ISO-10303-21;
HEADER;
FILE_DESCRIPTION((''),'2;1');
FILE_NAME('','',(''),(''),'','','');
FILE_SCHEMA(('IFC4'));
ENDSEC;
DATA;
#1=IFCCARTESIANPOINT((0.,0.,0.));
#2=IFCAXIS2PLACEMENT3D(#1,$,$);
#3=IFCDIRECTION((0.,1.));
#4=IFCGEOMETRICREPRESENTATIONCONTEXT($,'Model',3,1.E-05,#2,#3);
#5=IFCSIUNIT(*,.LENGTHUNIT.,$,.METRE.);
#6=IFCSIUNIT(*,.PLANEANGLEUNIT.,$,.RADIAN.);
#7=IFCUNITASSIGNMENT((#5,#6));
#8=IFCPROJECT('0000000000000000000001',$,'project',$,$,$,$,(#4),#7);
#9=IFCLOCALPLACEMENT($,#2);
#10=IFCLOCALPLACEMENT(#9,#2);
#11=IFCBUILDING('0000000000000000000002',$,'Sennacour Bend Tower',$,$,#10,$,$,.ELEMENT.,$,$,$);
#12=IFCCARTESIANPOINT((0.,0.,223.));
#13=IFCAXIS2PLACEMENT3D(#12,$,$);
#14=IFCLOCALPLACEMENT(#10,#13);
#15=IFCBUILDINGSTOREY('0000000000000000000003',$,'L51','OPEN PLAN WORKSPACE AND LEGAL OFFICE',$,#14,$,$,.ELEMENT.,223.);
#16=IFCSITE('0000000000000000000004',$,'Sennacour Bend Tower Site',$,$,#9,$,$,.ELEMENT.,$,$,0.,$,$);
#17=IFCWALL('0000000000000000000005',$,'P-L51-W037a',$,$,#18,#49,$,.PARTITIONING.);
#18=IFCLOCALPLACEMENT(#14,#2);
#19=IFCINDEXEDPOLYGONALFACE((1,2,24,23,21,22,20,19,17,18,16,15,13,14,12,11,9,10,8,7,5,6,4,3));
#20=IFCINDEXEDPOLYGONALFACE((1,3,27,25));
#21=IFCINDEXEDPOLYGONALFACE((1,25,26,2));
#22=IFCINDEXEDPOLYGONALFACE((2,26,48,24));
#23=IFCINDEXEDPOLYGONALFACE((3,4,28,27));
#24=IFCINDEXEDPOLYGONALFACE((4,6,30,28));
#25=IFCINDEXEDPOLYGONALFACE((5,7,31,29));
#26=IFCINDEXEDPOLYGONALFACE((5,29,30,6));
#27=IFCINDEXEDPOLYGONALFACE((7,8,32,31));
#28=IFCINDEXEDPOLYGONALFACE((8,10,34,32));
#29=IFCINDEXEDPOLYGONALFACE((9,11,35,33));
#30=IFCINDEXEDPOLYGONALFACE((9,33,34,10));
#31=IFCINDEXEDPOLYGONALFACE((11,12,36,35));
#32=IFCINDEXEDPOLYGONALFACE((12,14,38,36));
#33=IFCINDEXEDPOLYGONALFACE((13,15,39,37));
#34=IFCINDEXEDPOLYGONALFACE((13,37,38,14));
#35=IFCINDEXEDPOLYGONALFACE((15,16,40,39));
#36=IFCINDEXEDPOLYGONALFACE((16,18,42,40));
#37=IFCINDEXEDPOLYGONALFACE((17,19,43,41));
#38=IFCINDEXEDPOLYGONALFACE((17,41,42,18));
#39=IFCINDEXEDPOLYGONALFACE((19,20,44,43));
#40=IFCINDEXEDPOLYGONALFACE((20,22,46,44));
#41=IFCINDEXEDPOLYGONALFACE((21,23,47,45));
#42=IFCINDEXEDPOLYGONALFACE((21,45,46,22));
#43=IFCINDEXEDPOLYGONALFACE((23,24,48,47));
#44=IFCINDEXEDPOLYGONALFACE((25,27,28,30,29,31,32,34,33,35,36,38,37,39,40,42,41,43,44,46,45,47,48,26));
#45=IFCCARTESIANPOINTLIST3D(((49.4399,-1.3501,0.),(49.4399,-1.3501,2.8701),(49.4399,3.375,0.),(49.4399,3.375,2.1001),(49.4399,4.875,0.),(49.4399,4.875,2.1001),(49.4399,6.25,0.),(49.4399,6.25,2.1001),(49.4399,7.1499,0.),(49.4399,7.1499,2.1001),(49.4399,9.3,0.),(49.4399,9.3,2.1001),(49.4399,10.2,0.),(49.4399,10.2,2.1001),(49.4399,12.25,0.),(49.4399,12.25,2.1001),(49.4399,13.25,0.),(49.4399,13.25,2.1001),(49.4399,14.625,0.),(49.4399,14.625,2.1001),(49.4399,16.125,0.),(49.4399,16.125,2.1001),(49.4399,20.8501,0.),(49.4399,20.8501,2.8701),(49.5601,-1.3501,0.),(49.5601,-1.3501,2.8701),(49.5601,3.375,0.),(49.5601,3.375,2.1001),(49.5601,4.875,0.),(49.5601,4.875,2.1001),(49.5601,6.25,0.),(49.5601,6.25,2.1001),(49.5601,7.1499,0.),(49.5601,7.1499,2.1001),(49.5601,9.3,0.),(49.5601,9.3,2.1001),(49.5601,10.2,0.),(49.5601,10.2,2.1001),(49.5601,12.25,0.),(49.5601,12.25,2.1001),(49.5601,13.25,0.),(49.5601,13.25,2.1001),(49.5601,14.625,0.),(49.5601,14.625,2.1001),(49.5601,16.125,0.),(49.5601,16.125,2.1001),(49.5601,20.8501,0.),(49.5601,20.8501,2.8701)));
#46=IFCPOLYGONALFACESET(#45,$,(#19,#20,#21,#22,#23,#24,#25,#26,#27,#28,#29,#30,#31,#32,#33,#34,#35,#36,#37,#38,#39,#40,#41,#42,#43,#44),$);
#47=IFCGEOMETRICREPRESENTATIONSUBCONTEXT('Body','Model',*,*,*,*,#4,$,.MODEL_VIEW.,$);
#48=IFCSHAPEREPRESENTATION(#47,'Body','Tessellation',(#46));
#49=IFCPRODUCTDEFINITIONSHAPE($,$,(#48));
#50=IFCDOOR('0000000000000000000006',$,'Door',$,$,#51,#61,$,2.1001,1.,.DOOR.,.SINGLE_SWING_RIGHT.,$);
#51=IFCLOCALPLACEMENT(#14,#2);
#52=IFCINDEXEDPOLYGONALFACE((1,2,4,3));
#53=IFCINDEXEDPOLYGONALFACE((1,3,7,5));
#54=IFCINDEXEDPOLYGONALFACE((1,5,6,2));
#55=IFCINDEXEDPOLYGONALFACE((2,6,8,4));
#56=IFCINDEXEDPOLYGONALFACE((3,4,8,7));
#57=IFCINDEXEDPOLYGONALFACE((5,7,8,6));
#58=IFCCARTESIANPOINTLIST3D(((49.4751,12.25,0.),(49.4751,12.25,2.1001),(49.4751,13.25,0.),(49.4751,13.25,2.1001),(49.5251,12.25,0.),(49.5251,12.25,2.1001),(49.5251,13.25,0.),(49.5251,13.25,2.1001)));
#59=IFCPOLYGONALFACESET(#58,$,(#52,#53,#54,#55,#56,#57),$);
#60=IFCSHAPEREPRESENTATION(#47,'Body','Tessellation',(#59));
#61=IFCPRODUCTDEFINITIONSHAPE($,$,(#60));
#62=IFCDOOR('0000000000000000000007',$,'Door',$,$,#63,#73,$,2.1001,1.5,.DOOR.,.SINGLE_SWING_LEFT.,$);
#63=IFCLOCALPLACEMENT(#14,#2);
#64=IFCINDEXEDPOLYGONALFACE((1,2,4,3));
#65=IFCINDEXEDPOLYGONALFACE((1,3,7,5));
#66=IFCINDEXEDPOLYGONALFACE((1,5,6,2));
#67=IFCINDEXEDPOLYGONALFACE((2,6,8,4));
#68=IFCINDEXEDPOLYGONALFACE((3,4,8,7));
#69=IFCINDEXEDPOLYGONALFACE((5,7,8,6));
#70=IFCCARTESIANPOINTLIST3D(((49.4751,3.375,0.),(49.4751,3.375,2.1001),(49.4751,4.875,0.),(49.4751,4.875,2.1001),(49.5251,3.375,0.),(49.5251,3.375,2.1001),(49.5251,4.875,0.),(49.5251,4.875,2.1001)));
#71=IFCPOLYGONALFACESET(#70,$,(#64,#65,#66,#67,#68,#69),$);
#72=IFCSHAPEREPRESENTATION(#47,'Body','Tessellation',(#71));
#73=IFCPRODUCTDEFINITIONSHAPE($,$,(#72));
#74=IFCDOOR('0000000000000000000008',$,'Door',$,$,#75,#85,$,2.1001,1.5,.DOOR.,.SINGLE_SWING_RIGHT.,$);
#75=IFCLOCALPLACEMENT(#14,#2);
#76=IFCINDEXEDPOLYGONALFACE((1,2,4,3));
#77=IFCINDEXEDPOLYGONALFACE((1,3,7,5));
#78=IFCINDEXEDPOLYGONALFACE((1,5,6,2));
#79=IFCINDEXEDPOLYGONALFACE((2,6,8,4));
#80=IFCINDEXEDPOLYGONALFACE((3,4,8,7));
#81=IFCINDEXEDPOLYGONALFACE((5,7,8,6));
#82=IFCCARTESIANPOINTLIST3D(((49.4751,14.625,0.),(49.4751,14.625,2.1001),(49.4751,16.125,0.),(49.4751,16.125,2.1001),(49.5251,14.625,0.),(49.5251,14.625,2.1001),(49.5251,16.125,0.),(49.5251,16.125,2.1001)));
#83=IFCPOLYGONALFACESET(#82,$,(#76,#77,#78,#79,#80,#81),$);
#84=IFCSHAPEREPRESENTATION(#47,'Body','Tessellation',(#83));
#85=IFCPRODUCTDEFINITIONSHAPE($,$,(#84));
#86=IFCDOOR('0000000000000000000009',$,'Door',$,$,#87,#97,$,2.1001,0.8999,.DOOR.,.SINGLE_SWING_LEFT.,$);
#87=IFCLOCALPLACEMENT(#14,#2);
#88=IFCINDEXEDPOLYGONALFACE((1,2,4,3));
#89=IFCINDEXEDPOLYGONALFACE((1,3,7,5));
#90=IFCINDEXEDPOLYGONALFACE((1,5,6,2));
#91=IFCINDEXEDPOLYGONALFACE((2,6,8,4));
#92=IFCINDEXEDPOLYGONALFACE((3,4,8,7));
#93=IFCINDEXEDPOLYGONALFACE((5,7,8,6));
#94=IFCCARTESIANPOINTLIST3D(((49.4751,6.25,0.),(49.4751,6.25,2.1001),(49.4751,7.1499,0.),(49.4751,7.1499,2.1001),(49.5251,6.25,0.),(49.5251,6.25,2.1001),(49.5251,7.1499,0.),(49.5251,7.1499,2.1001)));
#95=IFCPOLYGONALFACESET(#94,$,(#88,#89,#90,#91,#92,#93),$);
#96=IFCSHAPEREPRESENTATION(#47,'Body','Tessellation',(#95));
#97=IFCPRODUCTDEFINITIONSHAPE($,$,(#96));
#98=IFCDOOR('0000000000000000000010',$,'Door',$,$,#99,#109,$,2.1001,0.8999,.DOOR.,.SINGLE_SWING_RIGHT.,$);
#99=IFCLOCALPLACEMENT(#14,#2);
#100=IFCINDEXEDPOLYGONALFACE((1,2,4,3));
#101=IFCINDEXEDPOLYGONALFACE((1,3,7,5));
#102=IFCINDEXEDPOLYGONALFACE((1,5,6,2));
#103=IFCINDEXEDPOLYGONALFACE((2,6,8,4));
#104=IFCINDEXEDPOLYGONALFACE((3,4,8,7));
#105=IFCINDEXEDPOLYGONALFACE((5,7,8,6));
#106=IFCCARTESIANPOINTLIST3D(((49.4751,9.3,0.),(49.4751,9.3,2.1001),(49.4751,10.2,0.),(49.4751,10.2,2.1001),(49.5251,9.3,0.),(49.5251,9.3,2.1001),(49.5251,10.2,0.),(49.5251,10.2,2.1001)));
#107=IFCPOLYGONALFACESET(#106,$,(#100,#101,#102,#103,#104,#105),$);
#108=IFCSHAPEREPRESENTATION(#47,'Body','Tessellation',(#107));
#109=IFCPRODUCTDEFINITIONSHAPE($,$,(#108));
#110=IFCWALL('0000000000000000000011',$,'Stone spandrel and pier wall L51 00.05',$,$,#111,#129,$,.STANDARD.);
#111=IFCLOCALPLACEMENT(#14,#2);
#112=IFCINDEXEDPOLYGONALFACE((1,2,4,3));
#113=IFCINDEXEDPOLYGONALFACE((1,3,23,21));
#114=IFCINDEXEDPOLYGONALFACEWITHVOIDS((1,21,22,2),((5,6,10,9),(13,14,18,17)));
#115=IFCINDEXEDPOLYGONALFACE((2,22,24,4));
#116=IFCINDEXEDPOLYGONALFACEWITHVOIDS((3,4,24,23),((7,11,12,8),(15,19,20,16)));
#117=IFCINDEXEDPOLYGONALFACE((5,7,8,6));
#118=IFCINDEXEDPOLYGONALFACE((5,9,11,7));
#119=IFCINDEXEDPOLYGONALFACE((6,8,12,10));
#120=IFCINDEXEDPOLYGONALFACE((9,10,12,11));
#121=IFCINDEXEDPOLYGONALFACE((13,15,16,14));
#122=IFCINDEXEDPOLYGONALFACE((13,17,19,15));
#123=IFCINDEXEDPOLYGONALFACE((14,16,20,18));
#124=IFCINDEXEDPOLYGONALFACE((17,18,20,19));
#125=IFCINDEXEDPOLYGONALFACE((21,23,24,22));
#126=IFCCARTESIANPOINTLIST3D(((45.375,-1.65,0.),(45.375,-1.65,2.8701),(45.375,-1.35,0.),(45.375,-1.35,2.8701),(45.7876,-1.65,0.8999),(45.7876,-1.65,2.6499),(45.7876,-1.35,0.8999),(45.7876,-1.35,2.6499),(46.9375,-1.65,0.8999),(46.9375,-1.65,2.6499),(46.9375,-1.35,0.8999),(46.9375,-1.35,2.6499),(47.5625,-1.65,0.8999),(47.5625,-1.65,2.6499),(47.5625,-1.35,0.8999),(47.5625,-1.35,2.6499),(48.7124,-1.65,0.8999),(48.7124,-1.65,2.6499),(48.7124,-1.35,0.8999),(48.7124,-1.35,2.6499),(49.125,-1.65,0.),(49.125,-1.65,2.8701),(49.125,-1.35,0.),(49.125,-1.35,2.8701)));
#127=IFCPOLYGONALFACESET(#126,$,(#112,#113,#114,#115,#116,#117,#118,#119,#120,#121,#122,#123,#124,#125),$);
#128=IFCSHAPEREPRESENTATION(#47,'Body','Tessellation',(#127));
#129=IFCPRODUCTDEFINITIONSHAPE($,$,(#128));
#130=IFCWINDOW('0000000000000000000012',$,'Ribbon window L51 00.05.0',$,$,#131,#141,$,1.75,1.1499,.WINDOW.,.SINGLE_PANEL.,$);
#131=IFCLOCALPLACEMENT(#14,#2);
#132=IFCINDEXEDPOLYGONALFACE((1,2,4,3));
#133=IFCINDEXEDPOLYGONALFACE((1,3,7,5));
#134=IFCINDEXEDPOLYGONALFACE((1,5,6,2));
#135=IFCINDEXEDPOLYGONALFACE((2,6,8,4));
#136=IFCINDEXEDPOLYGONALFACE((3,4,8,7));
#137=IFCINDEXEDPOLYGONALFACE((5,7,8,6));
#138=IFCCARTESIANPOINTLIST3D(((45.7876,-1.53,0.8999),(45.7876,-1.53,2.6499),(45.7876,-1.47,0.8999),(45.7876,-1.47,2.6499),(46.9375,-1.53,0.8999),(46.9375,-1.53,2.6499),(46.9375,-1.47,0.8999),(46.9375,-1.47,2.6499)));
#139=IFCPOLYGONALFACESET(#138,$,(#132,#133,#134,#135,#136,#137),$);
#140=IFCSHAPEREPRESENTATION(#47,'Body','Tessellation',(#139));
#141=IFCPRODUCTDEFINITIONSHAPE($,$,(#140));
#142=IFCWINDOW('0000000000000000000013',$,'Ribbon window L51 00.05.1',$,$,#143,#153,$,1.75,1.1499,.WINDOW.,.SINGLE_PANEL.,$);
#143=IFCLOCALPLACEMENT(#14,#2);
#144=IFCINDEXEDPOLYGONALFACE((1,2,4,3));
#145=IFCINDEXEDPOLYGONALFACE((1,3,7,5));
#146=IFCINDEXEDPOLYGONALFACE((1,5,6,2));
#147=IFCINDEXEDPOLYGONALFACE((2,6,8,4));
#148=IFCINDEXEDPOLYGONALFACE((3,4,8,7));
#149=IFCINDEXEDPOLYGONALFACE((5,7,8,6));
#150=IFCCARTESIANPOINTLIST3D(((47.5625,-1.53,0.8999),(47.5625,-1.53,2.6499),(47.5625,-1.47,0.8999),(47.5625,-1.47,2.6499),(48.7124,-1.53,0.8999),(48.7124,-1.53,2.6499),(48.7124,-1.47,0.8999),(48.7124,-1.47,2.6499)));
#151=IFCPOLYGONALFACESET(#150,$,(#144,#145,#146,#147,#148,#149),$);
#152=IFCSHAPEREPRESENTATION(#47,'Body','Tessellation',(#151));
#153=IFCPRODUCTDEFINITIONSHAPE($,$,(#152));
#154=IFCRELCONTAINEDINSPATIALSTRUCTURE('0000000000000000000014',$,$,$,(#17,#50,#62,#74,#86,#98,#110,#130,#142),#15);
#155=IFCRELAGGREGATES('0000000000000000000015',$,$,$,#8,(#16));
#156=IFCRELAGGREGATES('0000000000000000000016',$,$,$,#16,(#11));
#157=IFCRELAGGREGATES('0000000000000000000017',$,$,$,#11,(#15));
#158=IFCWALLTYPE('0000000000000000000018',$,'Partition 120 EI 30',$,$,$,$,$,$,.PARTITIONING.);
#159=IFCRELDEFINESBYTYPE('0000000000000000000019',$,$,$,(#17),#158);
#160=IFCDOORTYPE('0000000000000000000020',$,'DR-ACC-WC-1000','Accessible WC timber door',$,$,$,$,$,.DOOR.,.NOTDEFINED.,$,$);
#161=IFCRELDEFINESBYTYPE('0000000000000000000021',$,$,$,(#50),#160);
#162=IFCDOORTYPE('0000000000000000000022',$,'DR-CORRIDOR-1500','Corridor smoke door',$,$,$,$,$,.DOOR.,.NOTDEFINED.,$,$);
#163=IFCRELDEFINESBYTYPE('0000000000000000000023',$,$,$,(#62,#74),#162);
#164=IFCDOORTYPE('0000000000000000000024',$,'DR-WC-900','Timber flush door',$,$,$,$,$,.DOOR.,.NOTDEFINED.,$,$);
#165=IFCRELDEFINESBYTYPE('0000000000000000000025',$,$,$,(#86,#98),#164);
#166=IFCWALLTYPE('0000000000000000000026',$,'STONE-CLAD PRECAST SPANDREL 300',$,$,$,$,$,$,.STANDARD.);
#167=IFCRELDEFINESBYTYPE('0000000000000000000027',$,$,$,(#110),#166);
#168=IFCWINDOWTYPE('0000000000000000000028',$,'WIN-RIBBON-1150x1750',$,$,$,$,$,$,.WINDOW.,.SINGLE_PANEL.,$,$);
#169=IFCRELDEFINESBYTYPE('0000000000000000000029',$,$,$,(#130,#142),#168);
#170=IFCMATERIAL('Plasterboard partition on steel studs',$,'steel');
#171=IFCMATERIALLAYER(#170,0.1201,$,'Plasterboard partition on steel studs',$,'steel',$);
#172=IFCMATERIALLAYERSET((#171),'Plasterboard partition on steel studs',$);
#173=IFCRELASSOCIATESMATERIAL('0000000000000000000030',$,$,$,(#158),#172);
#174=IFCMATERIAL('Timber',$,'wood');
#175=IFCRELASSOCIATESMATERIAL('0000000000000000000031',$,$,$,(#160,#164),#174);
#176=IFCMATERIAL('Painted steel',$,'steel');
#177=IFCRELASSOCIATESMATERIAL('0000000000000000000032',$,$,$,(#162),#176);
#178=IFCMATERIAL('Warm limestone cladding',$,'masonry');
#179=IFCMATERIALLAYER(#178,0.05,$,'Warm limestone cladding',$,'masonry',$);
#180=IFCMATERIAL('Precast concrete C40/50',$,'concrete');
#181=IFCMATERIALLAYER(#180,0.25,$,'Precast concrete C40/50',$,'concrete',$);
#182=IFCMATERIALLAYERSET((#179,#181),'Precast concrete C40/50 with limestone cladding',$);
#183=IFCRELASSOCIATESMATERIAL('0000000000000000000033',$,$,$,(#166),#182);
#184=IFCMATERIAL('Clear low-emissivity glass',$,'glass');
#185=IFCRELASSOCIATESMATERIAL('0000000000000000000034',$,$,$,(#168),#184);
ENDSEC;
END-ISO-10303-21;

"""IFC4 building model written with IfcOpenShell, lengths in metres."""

from ifc_helpers import new_model, si_unit, direction, frame, frame_2d, origin, place, context, subcontext, project, spatial, rectangle, extrude, material, layer, layer_set, type_object, element, fill, save


model = new_model("IFC4")

# Units and contexts
model_context = context("Model", 3, precision=1e-05, world=origin(), true_north=direction((0.0, 1.0)))
body_context = subcontext(model_context, "Body", "Model", "MODEL_VIEW")
ifc_project = project(units=[si_unit("LENGTHUNIT", "METRE"), si_unit("PLANEANGLEUNIT", "RADIAN")], contexts=[model_context])

# Site, building, storey
site_placement = place(None, origin())
site = spatial("IfcSite", under=ifc_project, at=site_placement, Name="Sennacour Bend Tower Site", CompositionType="ELEMENT", RefElevation=0.0)
building_placement = place(site_placement, origin())
building = spatial("IfcBuilding", under=site, at=building_placement, Name="Sennacour Bend Tower", CompositionType="ELEMENT")
storey_placement = place(building_placement, frame((0.0, 0.0, 223.0)))
storey = spatial("IfcBuildingStorey", under=building, at=storey_placement, Name="L51", Description="OPEN PLAN WORKSPACE AND LEGAL OFFICE", CompositionType="ELEMENT", Elevation=223.0)

# Shared definitions
ifc_material_1 = material(Name="Plasterboard partition on steel studs", Category="steel")

# Wall, openings, doors
ifc_layer_1 = layer(ifc_material_1, 0.1201, Name="Plasterboard partition on steel studs", Category="steel")
ifc_layer_set_1 = layer_set([ifc_layer_1], Name="Plasterboard partition on steel studs")
wall_type_1 = type_object("IfcWallType", Name="Partition 120 EI 30", PredefinedType="PARTITIONING", material=ifc_layer_set_1)
wall_1_placement = place(storey_placement, frame((49.5, -1.3501, 0.0), z_axis=(0.0, 0.0, 1.0), x_axis=(0.0, 1.0, 0.0)))
wall_1 = element("IfcWall", 1, at=wall_1_placement, inside=storey, type_object=wall_type_1, Name="P-L51-W037a", PredefinedType="PARTITIONING", context=body_context, shape_type="SweptSolid", body=[
    extrude(rectangle(XDim=22.2002, YDim=0.1201, at=frame_2d((11.1001, 0.0))), origin(), (0.0, 0.0, 1.0), 2.8701),
])
opening_1_placement = place(wall_1_placement, frame((4.7251, 0.0, 0.0)))
opening_1 = element("IfcOpeningElement", 2, at=opening_1_placement, cuts=wall_1, PredefinedType="OPENING", context=body_context, shape_type="SweptSolid", body=[
    extrude(rectangle(XDim=1.5, YDim=2.1001, at=frame_2d((0.75, 1.05))), frame((0.0, 0.0701, 0.0), z_axis=(0.0, -1.0, 0.0), x_axis=(1.0, 0.0, 0.0)), (0.0, 0.0, 1.0), 0.1401),
])
opening_2_placement = place(wall_1_placement, frame((15.9751, 0.0, 0.0)))
opening_2 = element("IfcOpeningElement", 3, at=opening_2_placement, cuts=wall_1, PredefinedType="OPENING", context=body_context, shape_type="SweptSolid", body=[
    extrude(rectangle(XDim=1.5, YDim=2.1001, at=frame_2d((0.75, 1.05))), frame((0.0, 0.0701, 0.0), z_axis=(0.0, -1.0, 0.0), x_axis=(1.0, 0.0, 0.0)), (0.0, 0.0, 1.0), 0.1401),
])
opening_3_placement = place(wall_1_placement, frame((7.6001, 0.0, 0.0)))
opening_3 = element("IfcOpeningElement", 4, at=opening_3_placement, cuts=wall_1, PredefinedType="OPENING", context=body_context, shape_type="SweptSolid", body=[
    extrude(rectangle(XDim=0.8999, YDim=2.1001, at=frame_2d((0.45, 1.05))), frame((0.0, 0.0701, 0.0), z_axis=(0.0, -1.0, 0.0), x_axis=(1.0, 0.0, 0.0)), (0.0, 0.0, 1.0), 0.1401),
])
opening_4_placement = place(wall_1_placement, frame((10.6501, 0.0, 0.0)))
opening_4 = element("IfcOpeningElement", 5, at=opening_4_placement, cuts=wall_1, PredefinedType="OPENING", context=body_context, shape_type="SweptSolid", body=[
    extrude(rectangle(XDim=0.8999, YDim=2.1001, at=frame_2d((0.45, 1.05))), frame((0.0, 0.0701, 0.0), z_axis=(0.0, -1.0, 0.0), x_axis=(1.0, 0.0, 0.0)), (0.0, 0.0, 1.0), 0.1401),
])
opening_5_placement = place(wall_1_placement, frame((13.6001, 0.0, 0.0)))
opening_5 = element("IfcOpeningElement", 6, at=opening_5_placement, cuts=wall_1, PredefinedType="OPENING", context=body_context, shape_type="SweptSolid", body=[
    extrude(rectangle(XDim=1.0, YDim=2.1001, at=frame_2d((0.5, 1.05))), frame((0.0, 0.0701, 0.0), z_axis=(0.0, -1.0, 0.0), x_axis=(1.0, 0.0, 0.0)), (0.0, 0.0, 1.0), 0.1401),
])
ifc_material_2 = material(Name="Timber", Category="wood")
door_type_1 = type_object("IfcDoorType", Name="DR-ACC-WC-1000", Description="Accessible WC timber door", OperationType="NOTDEFINED", PredefinedType="DOOR", material=ifc_material_2)
door_1_placement = place(opening_5_placement, origin())
door_1 = element("IfcDoor", 7, at=door_1_placement, inside=storey, type_object=door_type_1, Name="Door", OperationType="SINGLE_SWING_RIGHT", OverallHeight=2.1001, OverallWidth=1.0, PredefinedType="DOOR", context=body_context, shape_type="SweptSolid", body=[
    extrude(rectangle(XDim=1.0, YDim=2.1001, at=frame_2d((0.5, 1.05))), frame((0.0, 0.0249, 0.0), z_axis=(0.0, -1.0, 0.0), x_axis=(1.0, 0.0, 0.0)), (0.0, 0.0, 1.0), 0.05),
])
fill(opening_5, door_1)
ifc_material_3 = material(Name="Painted steel", Category="steel")
door_type_2 = type_object("IfcDoorType", Name="DR-CORRIDOR-1500", Description="Corridor smoke door", OperationType="NOTDEFINED", PredefinedType="DOOR", material=ifc_material_3)
door_2_placement = place(opening_1_placement, origin())
door_2 = element("IfcDoor", 8, at=door_2_placement, inside=storey, type_object=door_type_2, Name="Door", OperationType="SINGLE_SWING_LEFT", OverallHeight=2.1001, OverallWidth=1.5, PredefinedType="DOOR", context=body_context, shape_type="SweptSolid", body=[
    extrude(rectangle(XDim=1.5, YDim=2.1001, at=frame_2d((0.75, 1.05))), frame((0.0, 0.0249, 0.0), z_axis=(0.0, -1.0, 0.0), x_axis=(1.0, 0.0, 0.0)), (0.0, 0.0, 1.0), 0.05),
])
fill(opening_1, door_2)
door_3_placement = place(opening_2_placement, origin())
door_3 = element("IfcDoor", 9, at=door_3_placement, inside=storey, type_object=door_type_2, Name="Door", OperationType="SINGLE_SWING_RIGHT", OverallHeight=2.1001, OverallWidth=1.5, PredefinedType="DOOR", context=body_context, shape_type="SweptSolid", body=[
    extrude(rectangle(XDim=1.5, YDim=2.1001, at=frame_2d((0.75, 1.05))), frame((0.0, 0.0249, 0.0), z_axis=(0.0, -1.0, 0.0), x_axis=(1.0, 0.0, 0.0)), (0.0, 0.0, 1.0), 0.05),
])
fill(opening_2, door_3)
door_type_3 = type_object("IfcDoorType", Name="DR-WC-900", Description="Timber flush door", OperationType="NOTDEFINED", PredefinedType="DOOR", material=ifc_material_2)
door_4_placement = place(opening_3_placement, origin())
door_4 = element("IfcDoor", 10, at=door_4_placement, inside=storey, type_object=door_type_3, Name="Door", OperationType="SINGLE_SWING_LEFT", OverallHeight=2.1001, OverallWidth=0.8999, PredefinedType="DOOR", context=body_context, shape_type="SweptSolid", body=[
    extrude(rectangle(XDim=0.8999, YDim=2.1001, at=frame_2d((0.45, 1.05))), frame((0.0, 0.0249, 0.0), z_axis=(0.0, -1.0, 0.0), x_axis=(1.0, 0.0, 0.0)), (0.0, 0.0, 1.0), 0.05),
])
fill(opening_3, door_4)
door_5_placement = place(opening_4_placement, origin())
door_5 = element("IfcDoor", 11, at=door_5_placement, inside=storey, type_object=door_type_3, Name="Door", OperationType="SINGLE_SWING_RIGHT", OverallHeight=2.1001, OverallWidth=0.8999, PredefinedType="DOOR", context=body_context, shape_type="SweptSolid", body=[
    extrude(rectangle(XDim=0.8999, YDim=2.1001, at=frame_2d((0.45, 1.05))), frame((0.0, 0.0249, 0.0), z_axis=(0.0, -1.0, 0.0), x_axis=(1.0, 0.0, 0.0)), (0.0, 0.0, 1.0), 0.05),
])
fill(opening_4, door_5)

# Wall, openings, windows
ifc_material_4 = material(Name="Warm limestone cladding", Category="masonry")
ifc_layer_2 = layer(ifc_material_4, 0.05, Name="Warm limestone cladding", Category="masonry")
ifc_material_5 = material(Name="Precast concrete C40/50", Category="concrete")
ifc_layer_3 = layer(ifc_material_5, 0.25, Name="Precast concrete C40/50", Category="concrete")
ifc_layer_set_2 = layer_set([ifc_layer_2, ifc_layer_3], Name="Precast concrete C40/50 with limestone cladding")
wall_type_2 = type_object("IfcWallType", Name="STONE-CLAD PRECAST SPANDREL 300", PredefinedType="STANDARD", material=ifc_layer_set_2)
wall_2_placement = place(storey_placement, frame((45.375, -1.5, 0.0), z_axis=(0.0, 0.0, 1.0), x_axis=(1.0, 0.0, 0.0)))
wall_2 = element("IfcWall", 12, at=wall_2_placement, inside=storey, type_object=wall_type_2, Name="Stone spandrel and pier wall L51 00.05", PredefinedType="STANDARD", context=body_context, shape_type="SweptSolid", body=[
    extrude(rectangle(XDim=3.75, YDim=0.3, at=frame_2d((1.875, 0.0))), origin(), (0.0, 0.0, 1.0), 2.8701),
])
opening_6_placement = place(wall_2_placement, frame((0.4126, 0.0, 0.8999)))
opening_6 = element("IfcOpeningElement", 13, at=opening_6_placement, cuts=wall_2, PredefinedType="OPENING", context=body_context, shape_type="SweptSolid", body=[
    extrude(rectangle(XDim=1.1499, YDim=1.75, at=frame_2d((0.575, 0.875))), frame((0.0, 0.1602, 0.0), z_axis=(0.0, -1.0, 0.0), x_axis=(1.0, 0.0, 0.0)), (0.0, 0.0, 1.0), 0.3201),
])
opening_7_placement = place(wall_2_placement, frame((2.1875, 0.0, 0.8999)))
opening_7 = element("IfcOpeningElement", 14, at=opening_7_placement, cuts=wall_2, PredefinedType="OPENING", context=body_context, shape_type="SweptSolid", body=[
    extrude(rectangle(XDim=1.1499, YDim=1.75, at=frame_2d((0.575, 0.875))), frame((0.0, 0.1602, 0.0), z_axis=(0.0, -1.0, 0.0), x_axis=(1.0, 0.0, 0.0)), (0.0, 0.0, 1.0), 0.3201),
])
ifc_material_6 = material(Name="Clear low-emissivity glass", Category="glass")
window_type = type_object("IfcWindowType", Name="WIN-RIBBON-1150x1750", PartitioningType="SINGLE_PANEL", PredefinedType="WINDOW", material=ifc_material_6)
window_1_placement = place(opening_6_placement, origin())
window_1 = element("IfcWindow", 15, at=window_1_placement, inside=storey, type_object=window_type, Name="Ribbon window L51 00.05.0", OverallHeight=1.75, OverallWidth=1.1499, PartitioningType="SINGLE_PANEL", PredefinedType="WINDOW", context=body_context, shape_type="SweptSolid", body=[
    extrude(rectangle(XDim=1.1499, YDim=1.75, at=frame_2d((0.575, 0.875))), frame((0.0, 0.03, 0.0), z_axis=(0.0, -1.0, 0.0), x_axis=(1.0, 0.0, 0.0)), (0.0, 0.0, 1.0), 0.0601),
])
fill(opening_6, window_1)
window_2_placement = place(opening_7_placement, origin())
window_2 = element("IfcWindow", 16, at=window_2_placement, inside=storey, type_object=window_type, Name="Ribbon window L51 00.05.1", OverallHeight=1.75, OverallWidth=1.1499, PartitioningType="SINGLE_PANEL", PredefinedType="WINDOW", context=body_context, shape_type="SweptSolid", body=[
    extrude(rectangle(XDim=1.1499, YDim=1.75, at=frame_2d((0.575, 0.875))), frame((0.0, 0.03, 0.0), z_axis=(0.0, -1.0, 0.0), x_axis=(1.0, 0.0, 0.0)), (0.0, 0.0, 1.0), 0.0601),
])
fill(opening_7, window_2)

save(model, "model.ifc")
